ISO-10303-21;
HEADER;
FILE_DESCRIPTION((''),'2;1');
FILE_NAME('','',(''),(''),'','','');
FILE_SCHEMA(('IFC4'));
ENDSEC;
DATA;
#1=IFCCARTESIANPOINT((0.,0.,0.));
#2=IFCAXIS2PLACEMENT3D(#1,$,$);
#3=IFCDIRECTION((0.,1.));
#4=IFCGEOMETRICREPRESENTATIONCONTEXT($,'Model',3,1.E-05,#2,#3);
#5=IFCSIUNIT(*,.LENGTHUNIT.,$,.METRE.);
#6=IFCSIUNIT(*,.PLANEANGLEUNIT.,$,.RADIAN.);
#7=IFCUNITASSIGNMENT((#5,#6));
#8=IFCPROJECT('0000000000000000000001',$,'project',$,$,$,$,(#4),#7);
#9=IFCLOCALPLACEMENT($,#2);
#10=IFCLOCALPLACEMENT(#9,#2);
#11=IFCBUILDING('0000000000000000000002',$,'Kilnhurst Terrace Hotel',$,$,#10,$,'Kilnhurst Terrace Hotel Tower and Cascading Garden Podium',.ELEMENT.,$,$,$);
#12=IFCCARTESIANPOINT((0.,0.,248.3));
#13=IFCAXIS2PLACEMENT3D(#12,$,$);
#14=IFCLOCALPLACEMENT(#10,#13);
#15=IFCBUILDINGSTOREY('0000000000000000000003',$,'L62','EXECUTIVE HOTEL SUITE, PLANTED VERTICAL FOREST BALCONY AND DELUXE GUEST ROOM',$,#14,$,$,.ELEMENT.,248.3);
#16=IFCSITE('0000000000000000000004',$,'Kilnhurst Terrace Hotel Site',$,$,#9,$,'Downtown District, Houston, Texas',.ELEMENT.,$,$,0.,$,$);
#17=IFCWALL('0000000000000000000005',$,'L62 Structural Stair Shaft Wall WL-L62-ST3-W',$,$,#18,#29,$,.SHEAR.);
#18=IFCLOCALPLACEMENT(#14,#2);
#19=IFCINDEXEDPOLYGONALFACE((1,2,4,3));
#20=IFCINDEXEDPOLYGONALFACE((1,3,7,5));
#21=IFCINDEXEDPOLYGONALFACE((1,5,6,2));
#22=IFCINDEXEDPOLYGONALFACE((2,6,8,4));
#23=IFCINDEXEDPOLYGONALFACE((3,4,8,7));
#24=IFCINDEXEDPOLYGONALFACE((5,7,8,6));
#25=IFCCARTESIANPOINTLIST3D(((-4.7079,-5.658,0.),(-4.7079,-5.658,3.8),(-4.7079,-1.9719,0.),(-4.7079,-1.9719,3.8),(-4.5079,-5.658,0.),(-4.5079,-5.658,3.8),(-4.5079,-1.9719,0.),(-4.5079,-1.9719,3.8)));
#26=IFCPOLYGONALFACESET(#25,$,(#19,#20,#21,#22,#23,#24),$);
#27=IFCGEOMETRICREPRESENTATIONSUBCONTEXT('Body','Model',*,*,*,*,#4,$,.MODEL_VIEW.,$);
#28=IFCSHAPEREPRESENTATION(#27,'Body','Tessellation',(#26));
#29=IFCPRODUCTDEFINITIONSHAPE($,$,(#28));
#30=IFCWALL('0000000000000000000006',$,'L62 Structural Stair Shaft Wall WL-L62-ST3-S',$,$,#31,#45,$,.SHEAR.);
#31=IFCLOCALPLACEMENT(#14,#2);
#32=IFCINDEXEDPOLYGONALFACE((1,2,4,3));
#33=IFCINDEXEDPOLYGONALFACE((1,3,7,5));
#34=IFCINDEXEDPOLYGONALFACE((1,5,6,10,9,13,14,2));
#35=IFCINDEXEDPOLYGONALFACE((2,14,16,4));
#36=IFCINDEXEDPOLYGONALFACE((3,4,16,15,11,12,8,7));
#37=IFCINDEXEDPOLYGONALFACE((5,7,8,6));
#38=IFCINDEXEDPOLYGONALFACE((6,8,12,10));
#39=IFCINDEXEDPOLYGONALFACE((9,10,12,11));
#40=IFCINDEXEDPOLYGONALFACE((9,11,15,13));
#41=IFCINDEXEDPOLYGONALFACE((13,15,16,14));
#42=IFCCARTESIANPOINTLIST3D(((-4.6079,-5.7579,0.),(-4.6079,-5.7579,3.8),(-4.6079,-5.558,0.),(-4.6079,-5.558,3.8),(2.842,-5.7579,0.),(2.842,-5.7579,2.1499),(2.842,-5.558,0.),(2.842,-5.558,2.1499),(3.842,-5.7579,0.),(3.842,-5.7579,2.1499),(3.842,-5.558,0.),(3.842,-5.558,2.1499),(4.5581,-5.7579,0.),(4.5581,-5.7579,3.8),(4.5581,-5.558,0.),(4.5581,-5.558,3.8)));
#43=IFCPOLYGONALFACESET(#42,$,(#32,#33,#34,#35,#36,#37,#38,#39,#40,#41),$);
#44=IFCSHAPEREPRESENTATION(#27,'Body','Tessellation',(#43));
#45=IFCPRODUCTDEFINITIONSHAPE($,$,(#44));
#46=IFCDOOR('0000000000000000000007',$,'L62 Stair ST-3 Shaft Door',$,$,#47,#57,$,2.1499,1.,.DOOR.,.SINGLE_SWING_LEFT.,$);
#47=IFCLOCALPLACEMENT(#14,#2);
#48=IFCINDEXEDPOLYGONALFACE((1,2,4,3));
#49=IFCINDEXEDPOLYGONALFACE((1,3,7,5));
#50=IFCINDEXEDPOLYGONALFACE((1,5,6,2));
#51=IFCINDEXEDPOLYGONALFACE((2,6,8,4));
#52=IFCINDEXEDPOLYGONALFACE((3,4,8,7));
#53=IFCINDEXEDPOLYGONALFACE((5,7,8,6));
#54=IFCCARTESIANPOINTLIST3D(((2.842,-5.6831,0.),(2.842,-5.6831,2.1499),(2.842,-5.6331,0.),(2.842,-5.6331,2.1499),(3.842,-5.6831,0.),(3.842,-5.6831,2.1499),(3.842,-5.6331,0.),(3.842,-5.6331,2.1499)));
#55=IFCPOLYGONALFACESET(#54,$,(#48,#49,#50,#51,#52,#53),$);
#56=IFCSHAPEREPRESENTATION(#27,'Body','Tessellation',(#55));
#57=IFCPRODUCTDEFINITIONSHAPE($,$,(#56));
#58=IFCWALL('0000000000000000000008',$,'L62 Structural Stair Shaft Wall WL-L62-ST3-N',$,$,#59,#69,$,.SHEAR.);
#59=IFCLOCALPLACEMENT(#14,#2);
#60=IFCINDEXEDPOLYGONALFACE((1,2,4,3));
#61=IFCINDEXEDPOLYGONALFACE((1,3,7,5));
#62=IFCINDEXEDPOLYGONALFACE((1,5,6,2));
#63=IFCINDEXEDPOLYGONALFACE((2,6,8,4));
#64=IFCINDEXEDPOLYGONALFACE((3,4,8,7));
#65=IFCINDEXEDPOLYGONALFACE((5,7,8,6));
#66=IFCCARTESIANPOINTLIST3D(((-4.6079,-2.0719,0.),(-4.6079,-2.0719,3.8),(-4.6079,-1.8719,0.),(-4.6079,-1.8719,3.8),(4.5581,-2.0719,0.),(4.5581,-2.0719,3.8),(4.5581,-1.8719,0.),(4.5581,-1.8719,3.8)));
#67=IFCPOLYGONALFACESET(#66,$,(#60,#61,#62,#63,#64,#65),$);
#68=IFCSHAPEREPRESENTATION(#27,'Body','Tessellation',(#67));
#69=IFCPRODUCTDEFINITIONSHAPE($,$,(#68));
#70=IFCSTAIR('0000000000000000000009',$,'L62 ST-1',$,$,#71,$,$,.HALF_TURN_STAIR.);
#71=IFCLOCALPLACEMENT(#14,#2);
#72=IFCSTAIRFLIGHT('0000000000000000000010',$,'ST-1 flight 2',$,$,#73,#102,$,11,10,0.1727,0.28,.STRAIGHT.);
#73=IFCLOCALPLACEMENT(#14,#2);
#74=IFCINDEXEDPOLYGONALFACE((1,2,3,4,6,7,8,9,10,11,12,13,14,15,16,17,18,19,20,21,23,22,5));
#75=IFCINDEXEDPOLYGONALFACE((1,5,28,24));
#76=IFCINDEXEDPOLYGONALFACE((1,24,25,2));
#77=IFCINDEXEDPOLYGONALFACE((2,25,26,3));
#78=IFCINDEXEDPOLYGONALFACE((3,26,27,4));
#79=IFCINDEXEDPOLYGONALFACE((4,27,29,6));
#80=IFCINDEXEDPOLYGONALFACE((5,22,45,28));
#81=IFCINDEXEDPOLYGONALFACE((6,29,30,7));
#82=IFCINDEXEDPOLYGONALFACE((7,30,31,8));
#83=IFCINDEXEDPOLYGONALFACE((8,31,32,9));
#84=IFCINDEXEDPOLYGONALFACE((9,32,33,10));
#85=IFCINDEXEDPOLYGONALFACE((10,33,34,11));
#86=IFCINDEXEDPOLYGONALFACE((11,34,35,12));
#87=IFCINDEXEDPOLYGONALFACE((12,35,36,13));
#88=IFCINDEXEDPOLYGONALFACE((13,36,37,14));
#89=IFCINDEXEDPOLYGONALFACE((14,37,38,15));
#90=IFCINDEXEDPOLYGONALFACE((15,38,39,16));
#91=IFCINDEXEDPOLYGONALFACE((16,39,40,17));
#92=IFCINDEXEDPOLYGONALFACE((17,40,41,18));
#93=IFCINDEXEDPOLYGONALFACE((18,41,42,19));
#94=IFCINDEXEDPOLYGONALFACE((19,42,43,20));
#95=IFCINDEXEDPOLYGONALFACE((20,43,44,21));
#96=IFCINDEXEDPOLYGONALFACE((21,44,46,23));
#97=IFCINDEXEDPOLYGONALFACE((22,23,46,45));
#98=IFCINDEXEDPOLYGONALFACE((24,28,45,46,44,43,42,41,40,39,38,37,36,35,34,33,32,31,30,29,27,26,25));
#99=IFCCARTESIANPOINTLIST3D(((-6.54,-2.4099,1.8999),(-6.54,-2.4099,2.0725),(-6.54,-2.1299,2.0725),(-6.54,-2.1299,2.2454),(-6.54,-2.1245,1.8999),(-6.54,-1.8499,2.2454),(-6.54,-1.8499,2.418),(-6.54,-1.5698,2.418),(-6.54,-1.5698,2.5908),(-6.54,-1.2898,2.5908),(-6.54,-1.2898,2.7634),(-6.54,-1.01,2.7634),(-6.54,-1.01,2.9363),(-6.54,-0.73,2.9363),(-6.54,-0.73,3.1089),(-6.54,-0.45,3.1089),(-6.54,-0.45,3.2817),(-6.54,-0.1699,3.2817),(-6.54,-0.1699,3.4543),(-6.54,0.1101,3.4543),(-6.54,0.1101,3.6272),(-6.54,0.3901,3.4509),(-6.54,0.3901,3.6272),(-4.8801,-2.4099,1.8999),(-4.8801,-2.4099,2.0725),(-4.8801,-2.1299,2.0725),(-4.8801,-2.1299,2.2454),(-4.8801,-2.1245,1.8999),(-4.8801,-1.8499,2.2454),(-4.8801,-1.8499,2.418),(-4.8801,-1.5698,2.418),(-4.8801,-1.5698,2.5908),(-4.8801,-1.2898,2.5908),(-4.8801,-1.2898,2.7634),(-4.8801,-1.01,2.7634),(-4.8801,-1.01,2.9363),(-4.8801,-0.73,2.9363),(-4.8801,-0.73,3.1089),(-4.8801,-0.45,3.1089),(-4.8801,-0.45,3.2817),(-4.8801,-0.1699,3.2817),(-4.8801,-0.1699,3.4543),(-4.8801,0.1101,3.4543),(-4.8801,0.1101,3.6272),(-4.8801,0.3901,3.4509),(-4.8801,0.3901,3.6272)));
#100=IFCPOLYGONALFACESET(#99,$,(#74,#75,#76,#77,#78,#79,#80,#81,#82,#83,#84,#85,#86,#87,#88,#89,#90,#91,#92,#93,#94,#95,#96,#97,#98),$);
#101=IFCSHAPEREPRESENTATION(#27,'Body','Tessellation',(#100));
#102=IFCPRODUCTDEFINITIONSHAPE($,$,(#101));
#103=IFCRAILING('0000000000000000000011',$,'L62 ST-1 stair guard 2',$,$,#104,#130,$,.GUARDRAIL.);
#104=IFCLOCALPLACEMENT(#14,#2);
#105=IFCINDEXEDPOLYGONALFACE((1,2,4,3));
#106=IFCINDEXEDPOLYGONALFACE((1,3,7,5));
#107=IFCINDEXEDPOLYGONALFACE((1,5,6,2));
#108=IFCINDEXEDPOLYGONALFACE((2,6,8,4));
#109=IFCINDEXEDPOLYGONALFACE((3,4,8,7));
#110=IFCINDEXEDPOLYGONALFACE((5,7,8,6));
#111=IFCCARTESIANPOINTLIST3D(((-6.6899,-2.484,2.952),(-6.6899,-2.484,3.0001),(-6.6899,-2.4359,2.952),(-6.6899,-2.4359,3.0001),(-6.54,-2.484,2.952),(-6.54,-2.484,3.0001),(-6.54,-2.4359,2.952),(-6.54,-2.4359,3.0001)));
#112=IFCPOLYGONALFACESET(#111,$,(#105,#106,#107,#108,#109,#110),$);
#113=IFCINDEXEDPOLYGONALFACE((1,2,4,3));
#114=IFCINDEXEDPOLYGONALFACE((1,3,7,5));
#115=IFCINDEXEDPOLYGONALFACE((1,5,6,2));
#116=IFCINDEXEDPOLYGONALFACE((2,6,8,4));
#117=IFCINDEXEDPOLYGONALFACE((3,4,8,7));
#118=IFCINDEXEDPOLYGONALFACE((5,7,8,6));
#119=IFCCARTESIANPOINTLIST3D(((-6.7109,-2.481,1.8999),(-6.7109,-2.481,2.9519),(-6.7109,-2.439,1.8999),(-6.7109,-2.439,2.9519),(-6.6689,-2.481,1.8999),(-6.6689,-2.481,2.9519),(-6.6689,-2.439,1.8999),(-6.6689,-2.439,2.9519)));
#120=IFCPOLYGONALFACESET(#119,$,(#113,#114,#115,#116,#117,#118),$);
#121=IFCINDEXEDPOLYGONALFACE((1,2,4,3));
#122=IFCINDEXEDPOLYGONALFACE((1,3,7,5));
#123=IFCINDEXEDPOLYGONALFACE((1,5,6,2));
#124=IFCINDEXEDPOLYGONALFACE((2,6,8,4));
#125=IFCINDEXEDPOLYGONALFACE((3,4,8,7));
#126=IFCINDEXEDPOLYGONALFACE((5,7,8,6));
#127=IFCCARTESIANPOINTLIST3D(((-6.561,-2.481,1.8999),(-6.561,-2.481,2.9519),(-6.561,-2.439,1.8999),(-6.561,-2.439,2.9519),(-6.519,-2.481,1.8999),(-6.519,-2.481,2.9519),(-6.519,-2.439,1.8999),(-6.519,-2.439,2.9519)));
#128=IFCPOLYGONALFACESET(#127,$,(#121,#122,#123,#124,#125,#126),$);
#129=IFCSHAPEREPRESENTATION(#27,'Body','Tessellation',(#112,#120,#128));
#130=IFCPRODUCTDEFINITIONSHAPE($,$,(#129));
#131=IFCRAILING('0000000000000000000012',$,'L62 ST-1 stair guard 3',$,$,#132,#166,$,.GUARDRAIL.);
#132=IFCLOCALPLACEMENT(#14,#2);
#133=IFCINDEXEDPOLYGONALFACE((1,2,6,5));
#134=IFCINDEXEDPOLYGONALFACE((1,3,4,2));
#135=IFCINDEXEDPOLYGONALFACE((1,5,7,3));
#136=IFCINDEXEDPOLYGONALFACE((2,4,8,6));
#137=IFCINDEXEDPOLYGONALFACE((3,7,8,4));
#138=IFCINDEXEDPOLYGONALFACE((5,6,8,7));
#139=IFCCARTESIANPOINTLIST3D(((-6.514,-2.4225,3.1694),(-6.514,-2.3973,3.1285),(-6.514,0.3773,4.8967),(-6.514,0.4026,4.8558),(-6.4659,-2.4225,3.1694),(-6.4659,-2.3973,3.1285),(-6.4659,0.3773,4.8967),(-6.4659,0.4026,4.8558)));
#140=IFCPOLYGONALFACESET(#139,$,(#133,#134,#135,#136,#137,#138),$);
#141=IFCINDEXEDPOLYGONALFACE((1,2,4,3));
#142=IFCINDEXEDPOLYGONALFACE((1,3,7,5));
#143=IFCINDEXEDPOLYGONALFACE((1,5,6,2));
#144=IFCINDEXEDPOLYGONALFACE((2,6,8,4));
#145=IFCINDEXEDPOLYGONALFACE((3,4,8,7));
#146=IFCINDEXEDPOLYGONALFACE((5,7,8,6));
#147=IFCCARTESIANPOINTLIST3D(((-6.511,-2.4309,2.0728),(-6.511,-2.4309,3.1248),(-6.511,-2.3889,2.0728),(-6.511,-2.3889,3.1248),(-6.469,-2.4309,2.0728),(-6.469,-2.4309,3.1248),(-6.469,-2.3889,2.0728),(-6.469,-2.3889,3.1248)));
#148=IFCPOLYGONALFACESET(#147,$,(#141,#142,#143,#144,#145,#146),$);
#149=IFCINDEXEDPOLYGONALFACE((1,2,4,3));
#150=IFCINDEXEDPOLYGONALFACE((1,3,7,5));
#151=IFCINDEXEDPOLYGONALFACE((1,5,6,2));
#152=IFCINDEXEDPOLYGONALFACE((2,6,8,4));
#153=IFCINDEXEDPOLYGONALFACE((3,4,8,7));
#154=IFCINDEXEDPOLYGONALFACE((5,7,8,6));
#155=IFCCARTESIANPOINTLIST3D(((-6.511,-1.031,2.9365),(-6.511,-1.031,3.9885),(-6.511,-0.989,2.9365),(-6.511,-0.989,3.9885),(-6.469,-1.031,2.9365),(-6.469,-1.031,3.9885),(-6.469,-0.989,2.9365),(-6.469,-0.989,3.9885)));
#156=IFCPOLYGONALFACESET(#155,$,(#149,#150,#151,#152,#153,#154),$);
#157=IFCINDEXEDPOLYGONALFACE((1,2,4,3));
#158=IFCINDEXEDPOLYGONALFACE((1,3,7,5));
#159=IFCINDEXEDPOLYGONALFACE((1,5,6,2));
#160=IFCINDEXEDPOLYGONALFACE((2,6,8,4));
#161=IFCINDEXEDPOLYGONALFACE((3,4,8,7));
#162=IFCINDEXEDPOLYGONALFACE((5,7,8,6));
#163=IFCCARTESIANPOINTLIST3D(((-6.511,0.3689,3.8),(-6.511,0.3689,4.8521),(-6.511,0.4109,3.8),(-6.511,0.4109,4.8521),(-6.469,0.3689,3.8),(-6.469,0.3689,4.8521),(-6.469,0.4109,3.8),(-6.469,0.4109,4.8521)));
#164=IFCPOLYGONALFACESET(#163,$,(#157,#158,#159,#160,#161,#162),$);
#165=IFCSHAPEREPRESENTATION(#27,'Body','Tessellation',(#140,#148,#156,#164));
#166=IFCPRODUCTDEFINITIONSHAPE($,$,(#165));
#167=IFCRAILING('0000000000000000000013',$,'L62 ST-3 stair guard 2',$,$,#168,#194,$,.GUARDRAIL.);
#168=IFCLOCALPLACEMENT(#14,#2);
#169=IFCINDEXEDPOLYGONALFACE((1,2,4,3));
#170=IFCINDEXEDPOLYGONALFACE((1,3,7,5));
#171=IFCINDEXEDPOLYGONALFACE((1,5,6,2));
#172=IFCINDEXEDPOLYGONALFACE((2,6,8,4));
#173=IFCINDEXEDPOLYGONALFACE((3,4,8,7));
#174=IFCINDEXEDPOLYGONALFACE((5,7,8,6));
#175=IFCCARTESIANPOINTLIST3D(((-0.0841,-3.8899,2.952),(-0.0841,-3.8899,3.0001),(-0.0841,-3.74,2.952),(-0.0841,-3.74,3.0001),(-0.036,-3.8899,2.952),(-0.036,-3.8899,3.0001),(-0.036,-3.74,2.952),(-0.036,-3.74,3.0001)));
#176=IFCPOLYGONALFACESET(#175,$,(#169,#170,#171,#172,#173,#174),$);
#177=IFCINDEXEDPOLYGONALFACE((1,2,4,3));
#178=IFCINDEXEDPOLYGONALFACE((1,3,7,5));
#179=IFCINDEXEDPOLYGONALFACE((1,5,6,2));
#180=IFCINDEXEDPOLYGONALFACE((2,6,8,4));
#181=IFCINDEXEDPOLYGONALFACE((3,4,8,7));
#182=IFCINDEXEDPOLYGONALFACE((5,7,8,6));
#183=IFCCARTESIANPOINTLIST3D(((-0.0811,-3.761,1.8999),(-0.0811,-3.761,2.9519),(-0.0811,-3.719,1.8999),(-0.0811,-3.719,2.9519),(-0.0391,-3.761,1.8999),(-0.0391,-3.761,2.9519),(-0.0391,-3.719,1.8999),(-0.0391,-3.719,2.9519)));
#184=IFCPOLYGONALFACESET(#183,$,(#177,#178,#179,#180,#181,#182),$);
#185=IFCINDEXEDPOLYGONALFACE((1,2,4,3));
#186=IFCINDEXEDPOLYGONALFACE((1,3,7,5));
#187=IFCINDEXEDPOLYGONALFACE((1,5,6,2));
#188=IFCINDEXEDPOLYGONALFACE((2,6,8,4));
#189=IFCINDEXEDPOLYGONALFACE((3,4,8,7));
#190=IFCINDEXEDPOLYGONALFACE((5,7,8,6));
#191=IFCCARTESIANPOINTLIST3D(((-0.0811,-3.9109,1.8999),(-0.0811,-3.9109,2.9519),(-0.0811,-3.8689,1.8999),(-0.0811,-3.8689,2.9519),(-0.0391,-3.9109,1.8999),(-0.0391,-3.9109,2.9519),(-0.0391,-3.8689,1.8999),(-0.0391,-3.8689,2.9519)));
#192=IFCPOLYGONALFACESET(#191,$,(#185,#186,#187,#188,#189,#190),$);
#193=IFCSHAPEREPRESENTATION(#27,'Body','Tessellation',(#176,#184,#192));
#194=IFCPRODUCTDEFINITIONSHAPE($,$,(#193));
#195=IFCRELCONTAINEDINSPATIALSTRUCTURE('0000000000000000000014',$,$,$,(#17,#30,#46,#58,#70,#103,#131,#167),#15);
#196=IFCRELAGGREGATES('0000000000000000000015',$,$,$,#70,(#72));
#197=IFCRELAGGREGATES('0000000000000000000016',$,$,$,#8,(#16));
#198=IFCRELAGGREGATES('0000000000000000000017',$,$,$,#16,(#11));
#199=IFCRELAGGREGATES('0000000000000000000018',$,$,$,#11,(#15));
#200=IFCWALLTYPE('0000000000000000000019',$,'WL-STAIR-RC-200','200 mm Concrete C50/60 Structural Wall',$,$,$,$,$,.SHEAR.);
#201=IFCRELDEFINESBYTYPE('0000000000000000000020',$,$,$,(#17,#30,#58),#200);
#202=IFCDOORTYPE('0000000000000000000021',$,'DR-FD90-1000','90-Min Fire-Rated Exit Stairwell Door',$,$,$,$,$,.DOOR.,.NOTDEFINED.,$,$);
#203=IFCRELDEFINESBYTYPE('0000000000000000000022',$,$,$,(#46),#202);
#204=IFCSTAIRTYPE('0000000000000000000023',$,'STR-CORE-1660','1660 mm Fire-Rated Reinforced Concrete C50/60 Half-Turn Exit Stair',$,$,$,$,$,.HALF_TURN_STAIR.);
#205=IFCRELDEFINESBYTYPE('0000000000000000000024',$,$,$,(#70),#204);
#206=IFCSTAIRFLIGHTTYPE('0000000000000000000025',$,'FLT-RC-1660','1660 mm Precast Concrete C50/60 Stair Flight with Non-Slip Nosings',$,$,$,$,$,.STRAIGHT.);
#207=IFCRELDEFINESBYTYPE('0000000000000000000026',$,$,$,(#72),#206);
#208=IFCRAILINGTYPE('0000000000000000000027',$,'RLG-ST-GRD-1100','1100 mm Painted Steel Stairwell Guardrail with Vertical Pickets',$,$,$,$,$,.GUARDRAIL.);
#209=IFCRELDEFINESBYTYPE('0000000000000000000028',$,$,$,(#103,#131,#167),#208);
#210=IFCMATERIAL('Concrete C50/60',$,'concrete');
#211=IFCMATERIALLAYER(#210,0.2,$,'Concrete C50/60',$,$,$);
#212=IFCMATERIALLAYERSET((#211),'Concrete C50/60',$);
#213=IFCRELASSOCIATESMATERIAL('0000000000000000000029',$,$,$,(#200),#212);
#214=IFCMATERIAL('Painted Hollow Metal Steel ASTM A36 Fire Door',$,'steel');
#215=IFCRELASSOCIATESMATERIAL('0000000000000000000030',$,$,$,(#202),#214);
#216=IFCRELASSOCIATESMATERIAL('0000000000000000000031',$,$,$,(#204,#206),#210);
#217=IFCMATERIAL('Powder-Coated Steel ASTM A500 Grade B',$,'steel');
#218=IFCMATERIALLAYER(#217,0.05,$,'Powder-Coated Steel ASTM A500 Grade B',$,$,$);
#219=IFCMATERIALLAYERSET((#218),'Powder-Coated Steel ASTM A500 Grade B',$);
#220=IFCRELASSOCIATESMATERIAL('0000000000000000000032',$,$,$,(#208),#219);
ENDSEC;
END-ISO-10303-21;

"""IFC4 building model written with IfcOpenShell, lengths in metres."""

from ifc_helpers import new_model, si_unit, direction, frame, frame_2d, origin, origin_2d, place, context, subcontext, project, spatial, polyline, rectangle, outline, extrude, material, layer, layer_set, type_object, element, fill, aggregate, save


model = new_model("IFC4")

# Units and contexts
model_context = context("Model", 3, precision=1e-05, world=origin(), true_north=direction((0.0, 1.0)))
body_context = subcontext(model_context, "Body", "Model", "MODEL_VIEW")
ifc_project = project(units=[si_unit("LENGTHUNIT", "METRE"), si_unit("PLANEANGLEUNIT", "RADIAN")], contexts=[model_context])

# Site, building, storey
site_placement = place(None, origin())
site = spatial("IfcSite", under=ifc_project, at=site_placement, Name="Kilnhurst Terrace Hotel Site", LongName="Downtown District, Houston, Texas", CompositionType="ELEMENT", RefElevation=0.0)
building_placement = place(site_placement, origin())
building = spatial("IfcBuilding", under=site, at=building_placement, Name="Kilnhurst Terrace Hotel", LongName="Kilnhurst Terrace Hotel Tower and Cascading Garden Podium", CompositionType="ELEMENT")
storey_placement = place(building_placement, frame((0.0, 0.0, 248.3)))
storey = spatial("IfcBuildingStorey", under=building, at=storey_placement, Name="L62", Description="EXECUTIVE HOTEL SUITE, PLANTED VERTICAL FOREST BALCONY AND DELUXE GUEST ROOM", CompositionType="ELEMENT", Elevation=248.3)

# Wall
ifc_material_1 = material(Name="Concrete C50/60", Category="concrete")
ifc_layer_1 = layer(ifc_material_1, 0.2, Name="Concrete C50/60")
ifc_layer_set_1 = layer_set([ifc_layer_1], Name="Concrete C50/60")
wall_type_1 = type_object("IfcWallType", Name="WL-STAIR-RC-200", Description="200 mm Concrete C50/60 Structural Wall", PredefinedType="SHEAR", material=ifc_layer_set_1)
for number, where, z_axis, x_axis, name in (
    (1, (-4.6079, -5.658, 0.0), (0.0, 0.0, 1.0), (0.0, 1.0, 0.0), "L62 Structural Stair Shaft Wall WL-L62-ST3-W"),
):
    element("IfcWall", number, at=place(storey_placement, frame(where, z_axis=z_axis, x_axis=x_axis)), inside=storey, type_object=wall_type_1, Name=name, PredefinedType="SHEAR", context=body_context, shape_type="SweptSolid", body=[
        extrude(rectangle(XDim=3.686, YDim=0.2, at=frame_2d((1.843, 0.0))), origin(), (0.0, 0.0, 1.0), 3.8),
    ])

# Wall, opening, door
wall_1_placement = place(storey_placement, frame((-4.6079, -5.658, 0.0), z_axis=(0.0, 0.0, 1.0), x_axis=(1.0, 0.0, 0.0)))
wall_1 = element("IfcWall", 2, at=wall_1_placement, inside=storey, type_object=wall_type_1, Name="L62 Structural Stair Shaft Wall WL-L62-ST3-S", PredefinedType="SHEAR", context=body_context, shape_type="SweptSolid", body=[
    extrude(rectangle(XDim=9.166, YDim=0.2, at=frame_2d((4.583, 0.0))), origin(), (0.0, 0.0, 1.0), 3.8),
])
opening_1_placement = place(wall_1_placement, frame((7.45, 0.0, 0.0)))
opening_1 = element("IfcOpeningElement", 3, at=opening_1_placement, cuts=wall_1, PredefinedType="OPENING", context=body_context, shape_type="SweptSolid", body=[
    extrude(rectangle(XDim=1.0, YDim=2.1499, at=frame_2d((0.5, 1.075))), frame((0.0, 0.1099, 0.0), z_axis=(0.0, -1.0, 0.0), x_axis=(1.0, 0.0, 0.0)), (0.0, 0.0, 1.0), 0.22),
])
ifc_material_2 = material(Name="Painted Hollow Metal Steel ASTM A36 Fire Door", Category="steel")
door_type_1 = type_object("IfcDoorType", Name="DR-FD90-1000", Description="90-Min Fire-Rated Exit Stairwell Door", OperationType="NOTDEFINED", PredefinedType="DOOR", material=ifc_material_2)
door_1_placement = place(opening_1_placement, origin())
door_1 = element("IfcDoor", 4, at=door_1_placement, inside=storey, type_object=door_type_1, Name="L62 Stair ST-3 Shaft Door", OperationType="SINGLE_SWING_LEFT", OverallHeight=2.1499, OverallWidth=1.0, PredefinedType="DOOR", context=body_context, shape_type="SweptSolid", body=[
    extrude(rectangle(XDim=1.0, YDim=2.1499, at=frame_2d((0.5, 1.075))), frame((0.0, 0.0249, 0.0), z_axis=(0.0, -1.0, 0.0), x_axis=(1.0, 0.0, 0.0)), (0.0, 0.0, 1.0), 0.05),
])
fill(opening_1, door_1)

# Wall
wall_2_placement = place(storey_placement, frame((-4.6079, -1.9719, 0.0), z_axis=(0.0, 0.0, 1.0), x_axis=(1.0, 0.0, 0.0)))
element("IfcWall", 5, at=wall_2_placement, inside=storey, type_object=wall_type_1, Name="L62 Structural Stair Shaft Wall WL-L62-ST3-N", PredefinedType="SHEAR", context=body_context, shape_type="SweptSolid", body=[
    extrude(rectangle(XDim=9.166, YDim=0.2, at=frame_2d((4.583, 0.0))), origin(), (0.0, 0.0, 1.0), 3.8),
])

# Stair, stair flight
stair_type = type_object("IfcStairType", Name="STR-CORE-1660", Description="1660 mm Fire-Rated Reinforced Concrete C50/60 Half-Turn Exit Stair", PredefinedType="HALF_TURN_STAIR", material=ifc_material_1)
stair_placement = place(storey_placement, origin())
stair = element("IfcStair", 6, at=stair_placement, inside=storey, type_object=stair_type, Name="L62 ST-1", PredefinedType="HALF_TURN_STAIR")
stair_flight_type = type_object("IfcStairFlightType", Name="FLT-RC-1660", Description="1660 mm Precast Concrete C50/60 Stair Flight with Non-Slip Nosings", PredefinedType="STRAIGHT", material=ifc_material_1)
stair_flight_placement = place(storey_placement, frame((-5.71, -2.4099, 1.8999), z_axis=(0.0, 0.0, 1.0), x_axis=(0.0, 1.0, 0.0)))
stair_flight = element("IfcStairFlight", 7, at=stair_flight_placement, type_object=stair_flight_type, Name="ST-1 flight 2", NumberOfRisers=11, NumberOfTreads=10, PredefinedType="STRAIGHT", RiserHeight=0.1727, TreadLength=0.28, context=body_context, shape_type="SweptSolid", body=[
    extrude(outline(polyline([(0.0, 0.0), (0.0, 0.1726), (0.28, 0.1726), (0.28, 0.3455), (0.5601, 0.3455), (0.5601, 0.5181), (0.8401, 0.5181), (0.8401, 0.6909), (1.1201, 0.6909), (1.1201, 0.8635), (1.3999, 0.8635), (1.3999, 1.0364), (1.6799, 1.0364), (1.6799, 1.209), (1.96, 1.209), (1.96, 1.3818), (2.24, 1.3818), (2.24, 1.5544), (2.52, 1.5544), (2.52, 1.7273), (2.8, 1.7273), (2.8, 1.8999), (2.8, 1.551), (0.2854, 0.0), (0.0, 0.0)])), frame((0.0, 0.8301, 0.0), z_axis=(0.0, -1.0, 0.0), x_axis=(1.0, 0.0, 0.0)), (0.0, 0.0, 1.0), 1.6599),
])
aggregate(stair, [stair_flight])

# Railings
ifc_material_3 = material(Name="Powder-Coated Steel ASTM A500 Grade B", Category="steel")
ifc_layer_2 = layer(ifc_material_3, 0.05, Name="Powder-Coated Steel ASTM A500 Grade B")
ifc_layer_set_2 = layer_set([ifc_layer_2], Name="Powder-Coated Steel ASTM A500 Grade B")
railing_type_1 = type_object("IfcRailingType", Name="RLG-ST-GRD-1100", Description="1100 mm Painted Steel Stairwell Guardrail with Vertical Pickets", PredefinedType="GUARDRAIL", material=ifc_layer_set_2)
railing_1_placement = place(storey_placement, frame((-6.6899, -2.46, 1.8999)))
element("IfcRailing", 8, at=railing_1_placement, inside=storey, type_object=railing_type_1, Name="L62 ST-1 stair guard 2", PredefinedType="GUARDRAIL", context=body_context, shape_type="SweptSolid", body=[
    extrude(rectangle(XDim=0.0481, YDim=0.0481, at=origin_2d()), frame((0.0, 0.0, 1.0762), z_axis=(1.0, 0.0, 0.0), x_axis=(0.0, 1.0, 0.0)), (0.0, 0.0, 1.0), 0.1499),
    extrude(rectangle(XDim=0.042, YDim=0.042, at=origin_2d()), origin(), (0.0, 0.0, 1.0), 1.052),
    extrude(rectangle(XDim=0.042, YDim=0.042, at=origin_2d()), frame((0.1499, 0.0, 0.0)), (0.0, 0.0, 1.0), 1.052),
])
railing_2_placement = place(storey_placement, frame((-6.49, -2.4099, 2.0728)))
element("IfcRailing", 9, at=railing_2_placement, inside=storey, type_object=railing_type_1, Name="L62 ST-1 stair guard 3", PredefinedType="GUARDRAIL", context=body_context, shape_type="SweptSolid", body=[
    extrude(rectangle(XDim=0.0481, YDim=0.0481, at=origin_2d()), frame((0.0, 0.0, 1.0762), z_axis=(0.0, 0.851069, 0.525054), x_axis=(-1.0, 0.0, 0.0)), (0.0, 0.0, 1.0), 3.2898),
    extrude(rectangle(XDim=0.042, YDim=0.042, at=origin_2d()), origin(), (0.0, 0.0, 1.0), 1.052),
    extrude(rectangle(XDim=0.042, YDim=0.042, at=origin_2d()), frame((0.0, 1.3999, 0.8638)), (0.0, 0.0, 1.0), 1.052),
    extrude(rectangle(XDim=0.042, YDim=0.042, at=origin_2d()), frame((0.0, 2.7998, 1.7273)), (0.0, 0.0, 1.0), 1.052),
])
railing_3_placement = place(storey_placement, frame((-0.0601, -3.74, 1.8999)))
element("IfcRailing", 10, at=railing_3_placement, inside=storey, type_object=railing_type_1, Name="L62 ST-3 stair guard 2", PredefinedType="GUARDRAIL", context=body_context, shape_type="SweptSolid", body=[
    extrude(rectangle(XDim=0.0481, YDim=0.0481, at=origin_2d()), frame((0.0, 0.0, 1.0762), z_axis=(0.0, -1.0, 0.0), x_axis=(1.0, 0.0, 0.0)), (0.0, 0.0, 1.0), 0.1499),
    extrude(rectangle(XDim=0.042, YDim=0.042, at=origin_2d()), origin(), (0.0, 0.0, 1.0), 1.052),
    extrude(rectangle(XDim=0.042, YDim=0.042, at=origin_2d()), frame((0.0, -0.1499, 0.0)), (0.0, 0.0, 1.0), 1.052),
])

save(model, "model.ifc")
